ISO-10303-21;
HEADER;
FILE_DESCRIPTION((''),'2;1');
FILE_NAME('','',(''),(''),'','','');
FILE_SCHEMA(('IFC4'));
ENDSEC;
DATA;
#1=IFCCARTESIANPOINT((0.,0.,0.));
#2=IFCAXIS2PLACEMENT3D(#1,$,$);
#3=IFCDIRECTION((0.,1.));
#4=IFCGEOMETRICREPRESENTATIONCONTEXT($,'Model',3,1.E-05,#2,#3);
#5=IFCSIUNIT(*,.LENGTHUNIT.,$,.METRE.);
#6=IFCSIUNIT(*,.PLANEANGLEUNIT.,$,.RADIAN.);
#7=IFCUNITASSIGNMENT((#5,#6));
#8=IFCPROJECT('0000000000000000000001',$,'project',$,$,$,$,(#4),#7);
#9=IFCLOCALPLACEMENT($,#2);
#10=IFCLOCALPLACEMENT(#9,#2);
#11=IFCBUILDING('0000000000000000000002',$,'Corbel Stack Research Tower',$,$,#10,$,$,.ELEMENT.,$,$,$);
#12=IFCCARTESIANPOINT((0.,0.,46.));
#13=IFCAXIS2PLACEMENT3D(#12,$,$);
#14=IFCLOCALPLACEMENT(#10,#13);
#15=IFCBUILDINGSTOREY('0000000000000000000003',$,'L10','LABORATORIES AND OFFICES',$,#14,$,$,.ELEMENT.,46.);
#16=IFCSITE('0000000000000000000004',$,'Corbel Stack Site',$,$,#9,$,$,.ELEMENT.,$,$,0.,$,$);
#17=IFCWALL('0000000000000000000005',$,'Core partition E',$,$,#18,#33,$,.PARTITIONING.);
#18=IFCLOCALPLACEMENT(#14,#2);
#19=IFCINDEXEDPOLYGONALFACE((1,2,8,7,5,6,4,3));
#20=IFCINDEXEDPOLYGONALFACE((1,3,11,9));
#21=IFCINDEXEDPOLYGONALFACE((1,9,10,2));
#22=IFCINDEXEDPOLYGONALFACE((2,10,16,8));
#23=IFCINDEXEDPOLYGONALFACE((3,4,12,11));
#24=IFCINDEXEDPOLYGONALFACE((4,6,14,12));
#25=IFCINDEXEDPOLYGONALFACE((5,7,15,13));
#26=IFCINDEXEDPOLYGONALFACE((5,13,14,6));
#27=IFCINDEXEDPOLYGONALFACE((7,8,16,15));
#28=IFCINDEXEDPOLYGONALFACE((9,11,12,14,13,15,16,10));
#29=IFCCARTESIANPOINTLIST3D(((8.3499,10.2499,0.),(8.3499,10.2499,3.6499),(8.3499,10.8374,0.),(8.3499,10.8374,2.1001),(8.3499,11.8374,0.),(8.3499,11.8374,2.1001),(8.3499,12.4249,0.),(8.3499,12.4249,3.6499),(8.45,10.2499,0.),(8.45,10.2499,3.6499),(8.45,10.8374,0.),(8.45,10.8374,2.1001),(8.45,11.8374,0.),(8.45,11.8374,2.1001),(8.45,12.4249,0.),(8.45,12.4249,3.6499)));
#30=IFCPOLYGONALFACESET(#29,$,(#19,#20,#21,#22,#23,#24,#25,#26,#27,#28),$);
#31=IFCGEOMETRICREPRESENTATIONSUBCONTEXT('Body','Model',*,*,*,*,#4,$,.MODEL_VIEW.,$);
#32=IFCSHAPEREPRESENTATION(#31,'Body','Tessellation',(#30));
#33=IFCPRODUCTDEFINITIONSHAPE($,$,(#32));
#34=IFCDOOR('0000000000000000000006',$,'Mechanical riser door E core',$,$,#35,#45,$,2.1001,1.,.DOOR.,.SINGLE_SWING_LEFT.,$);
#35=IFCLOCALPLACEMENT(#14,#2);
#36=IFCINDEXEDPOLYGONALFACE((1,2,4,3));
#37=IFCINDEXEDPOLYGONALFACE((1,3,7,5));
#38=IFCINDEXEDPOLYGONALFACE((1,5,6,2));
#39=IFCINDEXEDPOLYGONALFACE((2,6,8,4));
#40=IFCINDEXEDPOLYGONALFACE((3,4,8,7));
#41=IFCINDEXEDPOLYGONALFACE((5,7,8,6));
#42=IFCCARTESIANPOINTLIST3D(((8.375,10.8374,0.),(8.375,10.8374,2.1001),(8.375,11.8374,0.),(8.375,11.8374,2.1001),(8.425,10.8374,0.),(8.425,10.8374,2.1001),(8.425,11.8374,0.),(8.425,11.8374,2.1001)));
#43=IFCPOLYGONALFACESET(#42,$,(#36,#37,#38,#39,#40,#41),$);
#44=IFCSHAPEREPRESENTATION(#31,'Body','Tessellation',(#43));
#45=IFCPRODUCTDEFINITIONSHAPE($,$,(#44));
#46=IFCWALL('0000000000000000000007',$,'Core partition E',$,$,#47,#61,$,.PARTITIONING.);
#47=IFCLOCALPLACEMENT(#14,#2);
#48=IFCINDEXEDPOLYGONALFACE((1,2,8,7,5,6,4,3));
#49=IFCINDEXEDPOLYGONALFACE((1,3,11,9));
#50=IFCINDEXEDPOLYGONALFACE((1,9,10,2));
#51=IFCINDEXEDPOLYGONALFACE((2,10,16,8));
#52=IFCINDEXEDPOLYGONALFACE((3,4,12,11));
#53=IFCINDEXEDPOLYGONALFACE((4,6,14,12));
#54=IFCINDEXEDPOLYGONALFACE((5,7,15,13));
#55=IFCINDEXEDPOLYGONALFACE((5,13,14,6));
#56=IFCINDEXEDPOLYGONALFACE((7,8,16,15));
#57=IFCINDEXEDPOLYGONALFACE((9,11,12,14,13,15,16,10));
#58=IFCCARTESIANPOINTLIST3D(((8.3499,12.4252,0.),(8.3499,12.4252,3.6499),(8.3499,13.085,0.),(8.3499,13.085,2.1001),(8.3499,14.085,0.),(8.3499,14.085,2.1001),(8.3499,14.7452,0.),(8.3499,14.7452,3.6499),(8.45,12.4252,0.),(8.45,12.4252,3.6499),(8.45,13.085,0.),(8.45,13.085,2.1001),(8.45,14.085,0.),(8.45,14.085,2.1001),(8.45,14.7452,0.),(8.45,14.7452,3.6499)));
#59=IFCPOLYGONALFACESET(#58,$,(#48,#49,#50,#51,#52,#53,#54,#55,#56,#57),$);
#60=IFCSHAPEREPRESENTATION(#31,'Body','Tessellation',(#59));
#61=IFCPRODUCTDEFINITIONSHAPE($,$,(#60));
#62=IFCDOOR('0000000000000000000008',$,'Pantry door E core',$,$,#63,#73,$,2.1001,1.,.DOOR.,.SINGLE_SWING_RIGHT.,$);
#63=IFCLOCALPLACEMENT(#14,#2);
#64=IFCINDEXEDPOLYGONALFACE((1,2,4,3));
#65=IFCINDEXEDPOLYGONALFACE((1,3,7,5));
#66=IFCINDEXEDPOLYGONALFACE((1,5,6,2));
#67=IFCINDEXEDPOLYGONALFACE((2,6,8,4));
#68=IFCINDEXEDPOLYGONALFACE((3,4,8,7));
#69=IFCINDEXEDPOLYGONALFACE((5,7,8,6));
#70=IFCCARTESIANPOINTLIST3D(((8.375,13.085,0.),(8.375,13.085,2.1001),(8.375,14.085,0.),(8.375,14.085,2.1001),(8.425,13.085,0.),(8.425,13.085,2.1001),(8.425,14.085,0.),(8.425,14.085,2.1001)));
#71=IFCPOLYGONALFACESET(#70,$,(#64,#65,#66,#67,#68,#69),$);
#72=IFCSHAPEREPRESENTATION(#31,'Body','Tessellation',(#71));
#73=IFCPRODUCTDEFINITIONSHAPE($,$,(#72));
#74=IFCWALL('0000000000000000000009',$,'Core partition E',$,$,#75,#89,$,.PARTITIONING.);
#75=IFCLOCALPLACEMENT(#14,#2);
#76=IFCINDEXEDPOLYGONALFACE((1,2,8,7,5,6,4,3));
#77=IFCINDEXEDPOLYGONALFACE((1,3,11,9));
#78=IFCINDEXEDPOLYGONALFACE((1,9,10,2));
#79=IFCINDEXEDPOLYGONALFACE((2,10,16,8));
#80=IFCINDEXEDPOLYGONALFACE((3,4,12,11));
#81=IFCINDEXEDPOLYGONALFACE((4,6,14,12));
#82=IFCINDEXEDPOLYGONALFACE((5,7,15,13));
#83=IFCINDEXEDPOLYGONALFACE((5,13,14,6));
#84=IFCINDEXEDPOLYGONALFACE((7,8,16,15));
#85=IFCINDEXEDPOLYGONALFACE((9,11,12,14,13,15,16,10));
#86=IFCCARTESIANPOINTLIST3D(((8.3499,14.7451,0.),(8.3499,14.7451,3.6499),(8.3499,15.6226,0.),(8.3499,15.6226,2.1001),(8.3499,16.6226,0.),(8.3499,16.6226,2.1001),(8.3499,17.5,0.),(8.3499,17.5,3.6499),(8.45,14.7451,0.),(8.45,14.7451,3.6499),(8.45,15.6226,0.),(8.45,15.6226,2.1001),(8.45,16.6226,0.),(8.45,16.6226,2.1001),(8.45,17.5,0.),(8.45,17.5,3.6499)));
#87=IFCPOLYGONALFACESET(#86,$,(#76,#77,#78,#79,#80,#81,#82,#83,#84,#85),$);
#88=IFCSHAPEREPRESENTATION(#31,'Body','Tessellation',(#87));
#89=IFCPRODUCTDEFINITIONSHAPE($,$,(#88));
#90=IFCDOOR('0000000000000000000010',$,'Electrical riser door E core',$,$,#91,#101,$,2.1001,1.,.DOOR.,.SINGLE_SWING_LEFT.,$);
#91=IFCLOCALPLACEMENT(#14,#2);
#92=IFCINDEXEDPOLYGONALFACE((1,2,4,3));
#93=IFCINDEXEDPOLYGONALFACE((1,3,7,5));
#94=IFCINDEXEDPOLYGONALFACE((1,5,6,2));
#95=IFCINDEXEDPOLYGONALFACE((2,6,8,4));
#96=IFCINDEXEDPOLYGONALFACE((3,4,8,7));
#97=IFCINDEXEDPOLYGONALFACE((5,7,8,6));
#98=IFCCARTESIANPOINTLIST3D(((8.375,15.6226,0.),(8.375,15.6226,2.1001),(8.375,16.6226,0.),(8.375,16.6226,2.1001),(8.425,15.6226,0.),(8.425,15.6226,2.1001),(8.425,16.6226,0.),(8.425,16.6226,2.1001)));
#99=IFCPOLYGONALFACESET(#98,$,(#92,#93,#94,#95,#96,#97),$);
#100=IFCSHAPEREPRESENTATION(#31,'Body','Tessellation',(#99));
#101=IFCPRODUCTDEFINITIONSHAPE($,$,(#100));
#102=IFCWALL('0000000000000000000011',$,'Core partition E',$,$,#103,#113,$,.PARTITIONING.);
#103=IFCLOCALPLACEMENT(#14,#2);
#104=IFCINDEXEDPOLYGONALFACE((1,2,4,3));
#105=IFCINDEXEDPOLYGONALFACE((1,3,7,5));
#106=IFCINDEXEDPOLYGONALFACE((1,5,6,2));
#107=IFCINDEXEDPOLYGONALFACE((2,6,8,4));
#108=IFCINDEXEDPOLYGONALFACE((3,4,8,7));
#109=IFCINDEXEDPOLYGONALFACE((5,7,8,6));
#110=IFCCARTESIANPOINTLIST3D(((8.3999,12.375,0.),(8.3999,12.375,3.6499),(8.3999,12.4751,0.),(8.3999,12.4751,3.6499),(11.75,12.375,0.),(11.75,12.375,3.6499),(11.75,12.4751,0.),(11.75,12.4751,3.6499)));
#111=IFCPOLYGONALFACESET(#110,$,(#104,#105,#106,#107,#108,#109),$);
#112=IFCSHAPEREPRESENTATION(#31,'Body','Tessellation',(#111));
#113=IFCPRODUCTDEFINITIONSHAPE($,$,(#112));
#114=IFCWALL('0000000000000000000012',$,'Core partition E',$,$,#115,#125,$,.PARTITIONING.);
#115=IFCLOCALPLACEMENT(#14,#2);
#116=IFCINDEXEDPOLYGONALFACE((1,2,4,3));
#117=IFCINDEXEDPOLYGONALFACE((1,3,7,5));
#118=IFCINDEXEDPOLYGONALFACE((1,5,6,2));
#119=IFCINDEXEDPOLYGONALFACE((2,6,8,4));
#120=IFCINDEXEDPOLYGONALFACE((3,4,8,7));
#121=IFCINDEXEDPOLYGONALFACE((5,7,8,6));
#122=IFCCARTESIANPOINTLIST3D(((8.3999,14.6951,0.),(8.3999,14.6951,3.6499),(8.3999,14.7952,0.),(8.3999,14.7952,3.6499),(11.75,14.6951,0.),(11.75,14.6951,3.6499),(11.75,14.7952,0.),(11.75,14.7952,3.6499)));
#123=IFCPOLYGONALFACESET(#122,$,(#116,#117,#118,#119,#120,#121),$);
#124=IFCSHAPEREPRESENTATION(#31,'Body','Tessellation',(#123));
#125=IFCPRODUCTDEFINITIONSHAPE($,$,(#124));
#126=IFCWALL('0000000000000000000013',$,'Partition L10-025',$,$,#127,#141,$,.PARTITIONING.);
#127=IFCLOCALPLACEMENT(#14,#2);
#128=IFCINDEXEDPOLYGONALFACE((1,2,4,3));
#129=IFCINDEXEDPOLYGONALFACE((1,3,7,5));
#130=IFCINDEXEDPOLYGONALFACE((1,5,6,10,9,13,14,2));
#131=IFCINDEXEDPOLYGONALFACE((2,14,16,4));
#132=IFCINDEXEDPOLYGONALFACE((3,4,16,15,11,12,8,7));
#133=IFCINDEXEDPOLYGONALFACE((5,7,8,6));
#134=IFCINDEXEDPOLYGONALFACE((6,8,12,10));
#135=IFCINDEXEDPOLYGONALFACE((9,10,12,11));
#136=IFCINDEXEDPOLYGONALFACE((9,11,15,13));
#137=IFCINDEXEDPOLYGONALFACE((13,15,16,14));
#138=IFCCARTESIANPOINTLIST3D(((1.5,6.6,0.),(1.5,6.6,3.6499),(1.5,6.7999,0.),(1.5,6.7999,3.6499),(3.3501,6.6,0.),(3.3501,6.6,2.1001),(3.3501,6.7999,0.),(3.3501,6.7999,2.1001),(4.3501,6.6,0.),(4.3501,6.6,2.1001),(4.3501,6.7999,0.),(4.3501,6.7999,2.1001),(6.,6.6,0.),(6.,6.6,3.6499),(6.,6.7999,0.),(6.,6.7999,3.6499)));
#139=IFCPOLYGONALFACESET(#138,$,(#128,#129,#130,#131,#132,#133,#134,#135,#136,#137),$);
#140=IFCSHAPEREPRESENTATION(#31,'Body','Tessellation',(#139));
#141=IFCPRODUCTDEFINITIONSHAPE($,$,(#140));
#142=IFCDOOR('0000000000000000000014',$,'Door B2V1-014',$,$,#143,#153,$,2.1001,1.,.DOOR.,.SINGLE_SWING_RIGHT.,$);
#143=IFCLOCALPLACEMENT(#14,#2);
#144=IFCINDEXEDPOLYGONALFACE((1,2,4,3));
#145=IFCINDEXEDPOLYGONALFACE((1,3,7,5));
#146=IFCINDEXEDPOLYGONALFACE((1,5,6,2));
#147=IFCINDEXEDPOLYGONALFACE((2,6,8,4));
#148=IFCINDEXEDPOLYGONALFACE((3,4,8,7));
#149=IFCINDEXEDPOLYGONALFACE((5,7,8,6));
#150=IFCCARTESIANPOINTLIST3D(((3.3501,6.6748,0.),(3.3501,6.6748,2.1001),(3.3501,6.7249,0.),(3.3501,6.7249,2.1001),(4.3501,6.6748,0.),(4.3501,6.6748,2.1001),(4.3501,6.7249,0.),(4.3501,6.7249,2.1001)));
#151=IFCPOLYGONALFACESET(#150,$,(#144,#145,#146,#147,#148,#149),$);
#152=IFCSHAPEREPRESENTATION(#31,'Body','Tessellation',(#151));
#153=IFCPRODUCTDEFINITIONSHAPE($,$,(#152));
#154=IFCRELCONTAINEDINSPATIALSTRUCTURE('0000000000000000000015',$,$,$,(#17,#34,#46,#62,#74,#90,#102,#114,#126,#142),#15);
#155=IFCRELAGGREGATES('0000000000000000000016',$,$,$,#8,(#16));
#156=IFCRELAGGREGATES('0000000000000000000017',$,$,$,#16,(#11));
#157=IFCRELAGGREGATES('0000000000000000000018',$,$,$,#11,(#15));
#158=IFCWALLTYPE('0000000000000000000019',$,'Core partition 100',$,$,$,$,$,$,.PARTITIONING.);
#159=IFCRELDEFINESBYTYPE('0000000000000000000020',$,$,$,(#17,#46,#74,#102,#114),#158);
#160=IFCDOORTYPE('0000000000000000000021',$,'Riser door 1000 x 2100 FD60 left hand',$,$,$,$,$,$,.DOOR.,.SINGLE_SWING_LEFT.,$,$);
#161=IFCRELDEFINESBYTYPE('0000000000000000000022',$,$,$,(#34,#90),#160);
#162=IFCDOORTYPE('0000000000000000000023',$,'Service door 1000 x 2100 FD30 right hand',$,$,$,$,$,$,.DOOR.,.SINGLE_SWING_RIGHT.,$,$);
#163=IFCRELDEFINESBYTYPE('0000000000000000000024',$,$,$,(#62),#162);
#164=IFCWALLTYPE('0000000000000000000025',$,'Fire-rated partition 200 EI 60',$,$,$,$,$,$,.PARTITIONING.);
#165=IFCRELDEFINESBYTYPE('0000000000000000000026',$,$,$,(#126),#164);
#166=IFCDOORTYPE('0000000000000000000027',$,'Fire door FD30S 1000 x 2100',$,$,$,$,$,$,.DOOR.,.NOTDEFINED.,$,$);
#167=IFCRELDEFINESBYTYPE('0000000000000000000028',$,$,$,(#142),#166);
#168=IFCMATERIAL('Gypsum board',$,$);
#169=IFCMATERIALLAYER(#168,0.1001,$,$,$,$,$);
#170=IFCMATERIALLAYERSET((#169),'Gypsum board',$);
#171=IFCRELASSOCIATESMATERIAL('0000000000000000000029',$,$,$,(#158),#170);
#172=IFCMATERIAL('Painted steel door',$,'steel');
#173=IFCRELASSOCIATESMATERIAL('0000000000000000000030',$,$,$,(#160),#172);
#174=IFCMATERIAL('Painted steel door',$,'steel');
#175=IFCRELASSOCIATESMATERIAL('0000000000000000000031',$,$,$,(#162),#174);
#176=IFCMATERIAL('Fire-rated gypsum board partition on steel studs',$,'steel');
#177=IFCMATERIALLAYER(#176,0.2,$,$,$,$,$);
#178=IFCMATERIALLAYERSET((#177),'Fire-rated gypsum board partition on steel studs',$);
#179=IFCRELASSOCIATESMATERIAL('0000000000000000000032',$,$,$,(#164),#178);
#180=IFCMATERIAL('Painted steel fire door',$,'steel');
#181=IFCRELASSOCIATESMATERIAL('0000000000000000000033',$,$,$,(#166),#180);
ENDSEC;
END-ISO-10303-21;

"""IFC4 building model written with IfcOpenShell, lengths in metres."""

from ifc_helpers import new_model, si_unit, direction, frame, frame_2d, origin, place, context, subcontext, project, spatial, rectangle, extrude, material, layer, layer_set, type_object, element, fill, save


model = new_model("IFC4")

# Units and contexts
model_context = context("Model", 3, precision=1e-05, world=origin(), true_north=direction((0.0, 1.0)))
body_context = subcontext(model_context, "Body", "Model", "MODEL_VIEW")
ifc_project = project(units=[si_unit("LENGTHUNIT", "METRE"), si_unit("PLANEANGLEUNIT", "RADIAN")], contexts=[model_context])

# Site, building, storey
site_placement = place(None, origin())
site = spatial("IfcSite", under=ifc_project, at=site_placement, Name="Corbel Stack Site", CompositionType="ELEMENT", RefElevation=0.0)
building_placement = place(site_placement, origin())
building = spatial("IfcBuilding", under=site, at=building_placement, Name="Corbel Stack Research Tower", CompositionType="ELEMENT")
storey_placement = place(building_placement, frame((0.0, 0.0, 46.0)))
storey = spatial("IfcBuildingStorey", under=building, at=storey_placement, Name="L10", Description="LABORATORIES AND OFFICES", CompositionType="ELEMENT", Elevation=46.0)

# Walls, openings, doors
ifc_material_1 = material(Name="Gypsum board")
ifc_layer_1 = layer(ifc_material_1, 0.1001)
ifc_layer_set_1 = layer_set([ifc_layer_1], Name="Gypsum board")
wall_type_1 = type_object("IfcWallType", Name="Core partition 100", PredefinedType="PARTITIONING", material=ifc_layer_set_1)
wall_1_placement = place(storey_placement, frame((8.3999, 10.25, 0.0), z_axis=(0.0, 0.0, 1.0), x_axis=(0.0, 1.0, 0.0)))
wall_1 = element("IfcWall", 1, at=wall_1_placement, inside=storey, type_object=wall_type_1, Name="Core partition E", PredefinedType="PARTITIONING", context=body_context, shape_type="SweptSolid", body=[
    extrude(rectangle(XDim=2.175, YDim=0.1001, at=frame_2d((1.0874, 0.0))), origin(), (0.0, 0.0, 1.0), 3.6499),
])
opening_1_placement = place(wall_1_placement, frame((0.5874, 0.0, 0.0)))
opening_1 = element("IfcOpeningElement", 2, at=opening_1_placement, cuts=wall_1, PredefinedType="OPENING", context=body_context, shape_type="SweptSolid", body=[
    extrude(rectangle(XDim=1.0, YDim=2.1001, at=frame_2d((0.5, 1.05))), frame((0.0, 0.0601, 0.0), z_axis=(0.0, -1.0, 0.0), x_axis=(1.0, 0.0, 0.0)), (0.0, 0.0, 1.0), 0.1201),
])
ifc_material_2 = material(Name="Painted steel door", Category="steel")
door_type_1 = type_object("IfcDoorType", Name="Riser door 1000 x 2100 FD60 left hand", OperationType="SINGLE_SWING_LEFT", PredefinedType="DOOR", material=ifc_material_2)
door_1_placement = place(opening_1_placement, origin())
door_1 = element("IfcDoor", 3, at=door_1_placement, inside=storey, type_object=door_type_1, Name="Mechanical riser door E core", OperationType="SINGLE_SWING_LEFT", OverallHeight=2.1001, OverallWidth=1.0, PredefinedType="DOOR", context=body_context, shape_type="SweptSolid", body=[
    extrude(rectangle(XDim=1.0, YDim=2.1001, at=frame_2d((0.5, 1.05))), frame((0.0, 0.0249, 0.0), z_axis=(0.0, -1.0, 0.0), x_axis=(1.0, 0.0, 0.0)), (0.0, 0.0, 1.0), 0.05),
])
fill(opening_1, door_1)
wall_2_placement = place(storey_placement, frame((8.3999, 12.425, 0.0), z_axis=(0.0, 0.0, 1.0), x_axis=(0.0, 1.0, 0.0)))
wall_2 = element("IfcWall", 4, at=wall_2_placement, inside=storey, type_object=wall_type_1, Name="Core partition E", PredefinedType="PARTITIONING", context=body_context, shape_type="SweptSolid", body=[
    extrude(rectangle(XDim=2.3201, YDim=0.1001, at=frame_2d((1.1602, 0.0))), origin(), (0.0, 0.0, 1.0), 3.6499),
])
opening_2_placement = place(wall_2_placement, frame((0.6599, 0.0, 0.0)))
opening_2 = element("IfcOpeningElement", 5, at=opening_2_placement, cuts=wall_2, PredefinedType="OPENING", context=body_context, shape_type="SweptSolid", body=[
    extrude(rectangle(XDim=1.0, YDim=2.1001, at=frame_2d((0.5, 1.05))), frame((0.0, 0.0601, 0.0), z_axis=(0.0, -1.0, 0.0), x_axis=(1.0, 0.0, 0.0)), (0.0, 0.0, 1.0), 0.1201),
])
ifc_material_3 = material(Name="Painted steel door", Category="steel")
door_type_2 = type_object("IfcDoorType", Name="Service door 1000 x 2100 FD30 right hand", OperationType="SINGLE_SWING_RIGHT", PredefinedType="DOOR", material=ifc_material_3)
door_2_placement = place(opening_2_placement, origin())
door_2 = element("IfcDoor", 6, at=door_2_placement, inside=storey, type_object=door_type_2, Name="Pantry door E core", OperationType="SINGLE_SWING_RIGHT", OverallHeight=2.1001, OverallWidth=1.0, PredefinedType="DOOR", context=body_context, shape_type="SweptSolid", body=[
    extrude(rectangle(XDim=1.0, YDim=2.1001, at=frame_2d((0.5, 1.05))), frame((0.0, 0.0249, 0.0), z_axis=(0.0, -1.0, 0.0), x_axis=(1.0, 0.0, 0.0)), (0.0, 0.0, 1.0), 0.05),
])
fill(opening_2, door_2)
wall_3_placement = place(storey_placement, frame((8.3999, 14.7451, 0.0), z_axis=(0.0, 0.0, 1.0), x_axis=(0.0, 1.0, 0.0)))
wall_3 = element("IfcWall", 7, at=wall_3_placement, inside=storey, type_object=wall_type_1, Name="Core partition E", PredefinedType="PARTITIONING", context=body_context, shape_type="SweptSolid", body=[
    extrude(rectangle(XDim=2.7549, YDim=0.1001, at=frame_2d((1.3774, 0.0))), origin(), (0.0, 0.0, 1.0), 3.6499),
])
opening_3_placement = place(wall_3_placement, frame((0.8774, 0.0, 0.0)))
opening_3 = element("IfcOpeningElement", 8, at=opening_3_placement, cuts=wall_3, PredefinedType="OPENING", context=body_context, shape_type="SweptSolid", body=[
    extrude(rectangle(XDim=1.0, YDim=2.1001, at=frame_2d((0.5, 1.05))), frame((0.0, 0.0601, 0.0), z_axis=(0.0, -1.0, 0.0), x_axis=(1.0, 0.0, 0.0)), (0.0, 0.0, 1.0), 0.1201),
])
door_3_placement = place(opening_3_placement, origin())
door_3 = element("IfcDoor", 9, at=door_3_placement, inside=storey, type_object=door_type_1, Name="Electrical riser door E core", OperationType="SINGLE_SWING_LEFT", OverallHeight=2.1001, OverallWidth=1.0, PredefinedType="DOOR", context=body_context, shape_type="SweptSolid", body=[
    extrude(rectangle(XDim=1.0, YDim=2.1001, at=frame_2d((0.5, 1.05))), frame((0.0, 0.0249, 0.0), z_axis=(0.0, -1.0, 0.0), x_axis=(1.0, 0.0, 0.0)), (0.0, 0.0, 1.0), 0.05),
])
fill(opening_3, door_3)

# Walls
for number, where, z_axis, x_axis, name in (
    (10, (8.3999, 12.425, 0.0), (0.0, 0.0, 1.0), (1.0, 0.0, 0.0), "Core partition E"),
    (11, (8.3999, 14.7451, 0.0), (0.0, 0.0, 1.0), (1.0, 0.0, 0.0), "Core partition E"),
):
    element("IfcWall", number, at=place(storey_placement, frame(where, z_axis=z_axis, x_axis=x_axis)), inside=storey, type_object=wall_type_1, Name=name, PredefinedType="PARTITIONING", context=body_context, shape_type="SweptSolid", body=[
        extrude(rectangle(XDim=3.3501, YDim=0.1001, at=frame_2d((1.675, 0.0))), origin(), (0.0, 0.0, 1.0), 3.6499),
    ])

# Wall, opening, door
ifc_material_4 = material(Name="Fire-rated gypsum board partition on steel studs", Category="steel")
ifc_layer_2 = layer(ifc_material_4, 0.2)
ifc_layer_set_2 = layer_set([ifc_layer_2], Name="Fire-rated gypsum board partition on steel studs")
wall_type_2 = type_object("IfcWallType", Name="Fire-rated partition 200 EI 60", PredefinedType="PARTITIONING", material=ifc_layer_set_2)
wall_4_placement = place(storey_placement, frame((1.5, 6.7, 0.0), z_axis=(0.0, 0.0, 1.0), x_axis=(1.0, 0.0, 0.0)))
wall_4 = element("IfcWall", 12, at=wall_4_placement, inside=storey, type_object=wall_type_2, Name="Partition L10-025", PredefinedType="PARTITIONING", context=body_context, shape_type="SweptSolid", body=[
    extrude(rectangle(XDim=4.5, YDim=0.2, at=frame_2d((2.25, 0.0))), origin(), (0.0, 0.0, 1.0), 3.6499),
])
opening_4_placement = place(wall_4_placement, frame((1.8501, 0.0, 0.0)))
opening_4 = element("IfcOpeningElement", 13, at=opening_4_placement, cuts=wall_4, PredefinedType="OPENING", context=body_context, shape_type="SweptSolid", body=[
    extrude(rectangle(XDim=1.0, YDim=2.1001, at=frame_2d((0.5, 1.05))), frame((0.0, 0.1099, 0.0), z_axis=(0.0, -1.0, 0.0), x_axis=(1.0, 0.0, 0.0)), (0.0, 0.0, 1.0), 0.22),
])
ifc_material_5 = material(Name="Painted steel fire door", Category="steel")
door_type_3 = type_object("IfcDoorType", Name="Fire door FD30S 1000 x 2100", OperationType="NOTDEFINED", PredefinedType="DOOR", material=ifc_material_5)
door_4_placement = place(opening_4_placement, origin())
door_4 = element("IfcDoor", 14, at=door_4_placement, inside=storey, type_object=door_type_3, Name="Door B2V1-014", OperationType="SINGLE_SWING_RIGHT", OverallHeight=2.1001, OverallWidth=1.0, PredefinedType="DOOR", context=body_context, shape_type="SweptSolid", body=[
    extrude(rectangle(XDim=1.0, YDim=2.1001, at=frame_2d((0.5, 1.05))), frame((0.0, 0.0249, 0.0), z_axis=(0.0, -1.0, 0.0), x_axis=(1.0, 0.0, 0.0)), (0.0, 0.0, 1.0), 0.05),
])
fill(opening_4, door_4)

save(model, "model.ifc")
